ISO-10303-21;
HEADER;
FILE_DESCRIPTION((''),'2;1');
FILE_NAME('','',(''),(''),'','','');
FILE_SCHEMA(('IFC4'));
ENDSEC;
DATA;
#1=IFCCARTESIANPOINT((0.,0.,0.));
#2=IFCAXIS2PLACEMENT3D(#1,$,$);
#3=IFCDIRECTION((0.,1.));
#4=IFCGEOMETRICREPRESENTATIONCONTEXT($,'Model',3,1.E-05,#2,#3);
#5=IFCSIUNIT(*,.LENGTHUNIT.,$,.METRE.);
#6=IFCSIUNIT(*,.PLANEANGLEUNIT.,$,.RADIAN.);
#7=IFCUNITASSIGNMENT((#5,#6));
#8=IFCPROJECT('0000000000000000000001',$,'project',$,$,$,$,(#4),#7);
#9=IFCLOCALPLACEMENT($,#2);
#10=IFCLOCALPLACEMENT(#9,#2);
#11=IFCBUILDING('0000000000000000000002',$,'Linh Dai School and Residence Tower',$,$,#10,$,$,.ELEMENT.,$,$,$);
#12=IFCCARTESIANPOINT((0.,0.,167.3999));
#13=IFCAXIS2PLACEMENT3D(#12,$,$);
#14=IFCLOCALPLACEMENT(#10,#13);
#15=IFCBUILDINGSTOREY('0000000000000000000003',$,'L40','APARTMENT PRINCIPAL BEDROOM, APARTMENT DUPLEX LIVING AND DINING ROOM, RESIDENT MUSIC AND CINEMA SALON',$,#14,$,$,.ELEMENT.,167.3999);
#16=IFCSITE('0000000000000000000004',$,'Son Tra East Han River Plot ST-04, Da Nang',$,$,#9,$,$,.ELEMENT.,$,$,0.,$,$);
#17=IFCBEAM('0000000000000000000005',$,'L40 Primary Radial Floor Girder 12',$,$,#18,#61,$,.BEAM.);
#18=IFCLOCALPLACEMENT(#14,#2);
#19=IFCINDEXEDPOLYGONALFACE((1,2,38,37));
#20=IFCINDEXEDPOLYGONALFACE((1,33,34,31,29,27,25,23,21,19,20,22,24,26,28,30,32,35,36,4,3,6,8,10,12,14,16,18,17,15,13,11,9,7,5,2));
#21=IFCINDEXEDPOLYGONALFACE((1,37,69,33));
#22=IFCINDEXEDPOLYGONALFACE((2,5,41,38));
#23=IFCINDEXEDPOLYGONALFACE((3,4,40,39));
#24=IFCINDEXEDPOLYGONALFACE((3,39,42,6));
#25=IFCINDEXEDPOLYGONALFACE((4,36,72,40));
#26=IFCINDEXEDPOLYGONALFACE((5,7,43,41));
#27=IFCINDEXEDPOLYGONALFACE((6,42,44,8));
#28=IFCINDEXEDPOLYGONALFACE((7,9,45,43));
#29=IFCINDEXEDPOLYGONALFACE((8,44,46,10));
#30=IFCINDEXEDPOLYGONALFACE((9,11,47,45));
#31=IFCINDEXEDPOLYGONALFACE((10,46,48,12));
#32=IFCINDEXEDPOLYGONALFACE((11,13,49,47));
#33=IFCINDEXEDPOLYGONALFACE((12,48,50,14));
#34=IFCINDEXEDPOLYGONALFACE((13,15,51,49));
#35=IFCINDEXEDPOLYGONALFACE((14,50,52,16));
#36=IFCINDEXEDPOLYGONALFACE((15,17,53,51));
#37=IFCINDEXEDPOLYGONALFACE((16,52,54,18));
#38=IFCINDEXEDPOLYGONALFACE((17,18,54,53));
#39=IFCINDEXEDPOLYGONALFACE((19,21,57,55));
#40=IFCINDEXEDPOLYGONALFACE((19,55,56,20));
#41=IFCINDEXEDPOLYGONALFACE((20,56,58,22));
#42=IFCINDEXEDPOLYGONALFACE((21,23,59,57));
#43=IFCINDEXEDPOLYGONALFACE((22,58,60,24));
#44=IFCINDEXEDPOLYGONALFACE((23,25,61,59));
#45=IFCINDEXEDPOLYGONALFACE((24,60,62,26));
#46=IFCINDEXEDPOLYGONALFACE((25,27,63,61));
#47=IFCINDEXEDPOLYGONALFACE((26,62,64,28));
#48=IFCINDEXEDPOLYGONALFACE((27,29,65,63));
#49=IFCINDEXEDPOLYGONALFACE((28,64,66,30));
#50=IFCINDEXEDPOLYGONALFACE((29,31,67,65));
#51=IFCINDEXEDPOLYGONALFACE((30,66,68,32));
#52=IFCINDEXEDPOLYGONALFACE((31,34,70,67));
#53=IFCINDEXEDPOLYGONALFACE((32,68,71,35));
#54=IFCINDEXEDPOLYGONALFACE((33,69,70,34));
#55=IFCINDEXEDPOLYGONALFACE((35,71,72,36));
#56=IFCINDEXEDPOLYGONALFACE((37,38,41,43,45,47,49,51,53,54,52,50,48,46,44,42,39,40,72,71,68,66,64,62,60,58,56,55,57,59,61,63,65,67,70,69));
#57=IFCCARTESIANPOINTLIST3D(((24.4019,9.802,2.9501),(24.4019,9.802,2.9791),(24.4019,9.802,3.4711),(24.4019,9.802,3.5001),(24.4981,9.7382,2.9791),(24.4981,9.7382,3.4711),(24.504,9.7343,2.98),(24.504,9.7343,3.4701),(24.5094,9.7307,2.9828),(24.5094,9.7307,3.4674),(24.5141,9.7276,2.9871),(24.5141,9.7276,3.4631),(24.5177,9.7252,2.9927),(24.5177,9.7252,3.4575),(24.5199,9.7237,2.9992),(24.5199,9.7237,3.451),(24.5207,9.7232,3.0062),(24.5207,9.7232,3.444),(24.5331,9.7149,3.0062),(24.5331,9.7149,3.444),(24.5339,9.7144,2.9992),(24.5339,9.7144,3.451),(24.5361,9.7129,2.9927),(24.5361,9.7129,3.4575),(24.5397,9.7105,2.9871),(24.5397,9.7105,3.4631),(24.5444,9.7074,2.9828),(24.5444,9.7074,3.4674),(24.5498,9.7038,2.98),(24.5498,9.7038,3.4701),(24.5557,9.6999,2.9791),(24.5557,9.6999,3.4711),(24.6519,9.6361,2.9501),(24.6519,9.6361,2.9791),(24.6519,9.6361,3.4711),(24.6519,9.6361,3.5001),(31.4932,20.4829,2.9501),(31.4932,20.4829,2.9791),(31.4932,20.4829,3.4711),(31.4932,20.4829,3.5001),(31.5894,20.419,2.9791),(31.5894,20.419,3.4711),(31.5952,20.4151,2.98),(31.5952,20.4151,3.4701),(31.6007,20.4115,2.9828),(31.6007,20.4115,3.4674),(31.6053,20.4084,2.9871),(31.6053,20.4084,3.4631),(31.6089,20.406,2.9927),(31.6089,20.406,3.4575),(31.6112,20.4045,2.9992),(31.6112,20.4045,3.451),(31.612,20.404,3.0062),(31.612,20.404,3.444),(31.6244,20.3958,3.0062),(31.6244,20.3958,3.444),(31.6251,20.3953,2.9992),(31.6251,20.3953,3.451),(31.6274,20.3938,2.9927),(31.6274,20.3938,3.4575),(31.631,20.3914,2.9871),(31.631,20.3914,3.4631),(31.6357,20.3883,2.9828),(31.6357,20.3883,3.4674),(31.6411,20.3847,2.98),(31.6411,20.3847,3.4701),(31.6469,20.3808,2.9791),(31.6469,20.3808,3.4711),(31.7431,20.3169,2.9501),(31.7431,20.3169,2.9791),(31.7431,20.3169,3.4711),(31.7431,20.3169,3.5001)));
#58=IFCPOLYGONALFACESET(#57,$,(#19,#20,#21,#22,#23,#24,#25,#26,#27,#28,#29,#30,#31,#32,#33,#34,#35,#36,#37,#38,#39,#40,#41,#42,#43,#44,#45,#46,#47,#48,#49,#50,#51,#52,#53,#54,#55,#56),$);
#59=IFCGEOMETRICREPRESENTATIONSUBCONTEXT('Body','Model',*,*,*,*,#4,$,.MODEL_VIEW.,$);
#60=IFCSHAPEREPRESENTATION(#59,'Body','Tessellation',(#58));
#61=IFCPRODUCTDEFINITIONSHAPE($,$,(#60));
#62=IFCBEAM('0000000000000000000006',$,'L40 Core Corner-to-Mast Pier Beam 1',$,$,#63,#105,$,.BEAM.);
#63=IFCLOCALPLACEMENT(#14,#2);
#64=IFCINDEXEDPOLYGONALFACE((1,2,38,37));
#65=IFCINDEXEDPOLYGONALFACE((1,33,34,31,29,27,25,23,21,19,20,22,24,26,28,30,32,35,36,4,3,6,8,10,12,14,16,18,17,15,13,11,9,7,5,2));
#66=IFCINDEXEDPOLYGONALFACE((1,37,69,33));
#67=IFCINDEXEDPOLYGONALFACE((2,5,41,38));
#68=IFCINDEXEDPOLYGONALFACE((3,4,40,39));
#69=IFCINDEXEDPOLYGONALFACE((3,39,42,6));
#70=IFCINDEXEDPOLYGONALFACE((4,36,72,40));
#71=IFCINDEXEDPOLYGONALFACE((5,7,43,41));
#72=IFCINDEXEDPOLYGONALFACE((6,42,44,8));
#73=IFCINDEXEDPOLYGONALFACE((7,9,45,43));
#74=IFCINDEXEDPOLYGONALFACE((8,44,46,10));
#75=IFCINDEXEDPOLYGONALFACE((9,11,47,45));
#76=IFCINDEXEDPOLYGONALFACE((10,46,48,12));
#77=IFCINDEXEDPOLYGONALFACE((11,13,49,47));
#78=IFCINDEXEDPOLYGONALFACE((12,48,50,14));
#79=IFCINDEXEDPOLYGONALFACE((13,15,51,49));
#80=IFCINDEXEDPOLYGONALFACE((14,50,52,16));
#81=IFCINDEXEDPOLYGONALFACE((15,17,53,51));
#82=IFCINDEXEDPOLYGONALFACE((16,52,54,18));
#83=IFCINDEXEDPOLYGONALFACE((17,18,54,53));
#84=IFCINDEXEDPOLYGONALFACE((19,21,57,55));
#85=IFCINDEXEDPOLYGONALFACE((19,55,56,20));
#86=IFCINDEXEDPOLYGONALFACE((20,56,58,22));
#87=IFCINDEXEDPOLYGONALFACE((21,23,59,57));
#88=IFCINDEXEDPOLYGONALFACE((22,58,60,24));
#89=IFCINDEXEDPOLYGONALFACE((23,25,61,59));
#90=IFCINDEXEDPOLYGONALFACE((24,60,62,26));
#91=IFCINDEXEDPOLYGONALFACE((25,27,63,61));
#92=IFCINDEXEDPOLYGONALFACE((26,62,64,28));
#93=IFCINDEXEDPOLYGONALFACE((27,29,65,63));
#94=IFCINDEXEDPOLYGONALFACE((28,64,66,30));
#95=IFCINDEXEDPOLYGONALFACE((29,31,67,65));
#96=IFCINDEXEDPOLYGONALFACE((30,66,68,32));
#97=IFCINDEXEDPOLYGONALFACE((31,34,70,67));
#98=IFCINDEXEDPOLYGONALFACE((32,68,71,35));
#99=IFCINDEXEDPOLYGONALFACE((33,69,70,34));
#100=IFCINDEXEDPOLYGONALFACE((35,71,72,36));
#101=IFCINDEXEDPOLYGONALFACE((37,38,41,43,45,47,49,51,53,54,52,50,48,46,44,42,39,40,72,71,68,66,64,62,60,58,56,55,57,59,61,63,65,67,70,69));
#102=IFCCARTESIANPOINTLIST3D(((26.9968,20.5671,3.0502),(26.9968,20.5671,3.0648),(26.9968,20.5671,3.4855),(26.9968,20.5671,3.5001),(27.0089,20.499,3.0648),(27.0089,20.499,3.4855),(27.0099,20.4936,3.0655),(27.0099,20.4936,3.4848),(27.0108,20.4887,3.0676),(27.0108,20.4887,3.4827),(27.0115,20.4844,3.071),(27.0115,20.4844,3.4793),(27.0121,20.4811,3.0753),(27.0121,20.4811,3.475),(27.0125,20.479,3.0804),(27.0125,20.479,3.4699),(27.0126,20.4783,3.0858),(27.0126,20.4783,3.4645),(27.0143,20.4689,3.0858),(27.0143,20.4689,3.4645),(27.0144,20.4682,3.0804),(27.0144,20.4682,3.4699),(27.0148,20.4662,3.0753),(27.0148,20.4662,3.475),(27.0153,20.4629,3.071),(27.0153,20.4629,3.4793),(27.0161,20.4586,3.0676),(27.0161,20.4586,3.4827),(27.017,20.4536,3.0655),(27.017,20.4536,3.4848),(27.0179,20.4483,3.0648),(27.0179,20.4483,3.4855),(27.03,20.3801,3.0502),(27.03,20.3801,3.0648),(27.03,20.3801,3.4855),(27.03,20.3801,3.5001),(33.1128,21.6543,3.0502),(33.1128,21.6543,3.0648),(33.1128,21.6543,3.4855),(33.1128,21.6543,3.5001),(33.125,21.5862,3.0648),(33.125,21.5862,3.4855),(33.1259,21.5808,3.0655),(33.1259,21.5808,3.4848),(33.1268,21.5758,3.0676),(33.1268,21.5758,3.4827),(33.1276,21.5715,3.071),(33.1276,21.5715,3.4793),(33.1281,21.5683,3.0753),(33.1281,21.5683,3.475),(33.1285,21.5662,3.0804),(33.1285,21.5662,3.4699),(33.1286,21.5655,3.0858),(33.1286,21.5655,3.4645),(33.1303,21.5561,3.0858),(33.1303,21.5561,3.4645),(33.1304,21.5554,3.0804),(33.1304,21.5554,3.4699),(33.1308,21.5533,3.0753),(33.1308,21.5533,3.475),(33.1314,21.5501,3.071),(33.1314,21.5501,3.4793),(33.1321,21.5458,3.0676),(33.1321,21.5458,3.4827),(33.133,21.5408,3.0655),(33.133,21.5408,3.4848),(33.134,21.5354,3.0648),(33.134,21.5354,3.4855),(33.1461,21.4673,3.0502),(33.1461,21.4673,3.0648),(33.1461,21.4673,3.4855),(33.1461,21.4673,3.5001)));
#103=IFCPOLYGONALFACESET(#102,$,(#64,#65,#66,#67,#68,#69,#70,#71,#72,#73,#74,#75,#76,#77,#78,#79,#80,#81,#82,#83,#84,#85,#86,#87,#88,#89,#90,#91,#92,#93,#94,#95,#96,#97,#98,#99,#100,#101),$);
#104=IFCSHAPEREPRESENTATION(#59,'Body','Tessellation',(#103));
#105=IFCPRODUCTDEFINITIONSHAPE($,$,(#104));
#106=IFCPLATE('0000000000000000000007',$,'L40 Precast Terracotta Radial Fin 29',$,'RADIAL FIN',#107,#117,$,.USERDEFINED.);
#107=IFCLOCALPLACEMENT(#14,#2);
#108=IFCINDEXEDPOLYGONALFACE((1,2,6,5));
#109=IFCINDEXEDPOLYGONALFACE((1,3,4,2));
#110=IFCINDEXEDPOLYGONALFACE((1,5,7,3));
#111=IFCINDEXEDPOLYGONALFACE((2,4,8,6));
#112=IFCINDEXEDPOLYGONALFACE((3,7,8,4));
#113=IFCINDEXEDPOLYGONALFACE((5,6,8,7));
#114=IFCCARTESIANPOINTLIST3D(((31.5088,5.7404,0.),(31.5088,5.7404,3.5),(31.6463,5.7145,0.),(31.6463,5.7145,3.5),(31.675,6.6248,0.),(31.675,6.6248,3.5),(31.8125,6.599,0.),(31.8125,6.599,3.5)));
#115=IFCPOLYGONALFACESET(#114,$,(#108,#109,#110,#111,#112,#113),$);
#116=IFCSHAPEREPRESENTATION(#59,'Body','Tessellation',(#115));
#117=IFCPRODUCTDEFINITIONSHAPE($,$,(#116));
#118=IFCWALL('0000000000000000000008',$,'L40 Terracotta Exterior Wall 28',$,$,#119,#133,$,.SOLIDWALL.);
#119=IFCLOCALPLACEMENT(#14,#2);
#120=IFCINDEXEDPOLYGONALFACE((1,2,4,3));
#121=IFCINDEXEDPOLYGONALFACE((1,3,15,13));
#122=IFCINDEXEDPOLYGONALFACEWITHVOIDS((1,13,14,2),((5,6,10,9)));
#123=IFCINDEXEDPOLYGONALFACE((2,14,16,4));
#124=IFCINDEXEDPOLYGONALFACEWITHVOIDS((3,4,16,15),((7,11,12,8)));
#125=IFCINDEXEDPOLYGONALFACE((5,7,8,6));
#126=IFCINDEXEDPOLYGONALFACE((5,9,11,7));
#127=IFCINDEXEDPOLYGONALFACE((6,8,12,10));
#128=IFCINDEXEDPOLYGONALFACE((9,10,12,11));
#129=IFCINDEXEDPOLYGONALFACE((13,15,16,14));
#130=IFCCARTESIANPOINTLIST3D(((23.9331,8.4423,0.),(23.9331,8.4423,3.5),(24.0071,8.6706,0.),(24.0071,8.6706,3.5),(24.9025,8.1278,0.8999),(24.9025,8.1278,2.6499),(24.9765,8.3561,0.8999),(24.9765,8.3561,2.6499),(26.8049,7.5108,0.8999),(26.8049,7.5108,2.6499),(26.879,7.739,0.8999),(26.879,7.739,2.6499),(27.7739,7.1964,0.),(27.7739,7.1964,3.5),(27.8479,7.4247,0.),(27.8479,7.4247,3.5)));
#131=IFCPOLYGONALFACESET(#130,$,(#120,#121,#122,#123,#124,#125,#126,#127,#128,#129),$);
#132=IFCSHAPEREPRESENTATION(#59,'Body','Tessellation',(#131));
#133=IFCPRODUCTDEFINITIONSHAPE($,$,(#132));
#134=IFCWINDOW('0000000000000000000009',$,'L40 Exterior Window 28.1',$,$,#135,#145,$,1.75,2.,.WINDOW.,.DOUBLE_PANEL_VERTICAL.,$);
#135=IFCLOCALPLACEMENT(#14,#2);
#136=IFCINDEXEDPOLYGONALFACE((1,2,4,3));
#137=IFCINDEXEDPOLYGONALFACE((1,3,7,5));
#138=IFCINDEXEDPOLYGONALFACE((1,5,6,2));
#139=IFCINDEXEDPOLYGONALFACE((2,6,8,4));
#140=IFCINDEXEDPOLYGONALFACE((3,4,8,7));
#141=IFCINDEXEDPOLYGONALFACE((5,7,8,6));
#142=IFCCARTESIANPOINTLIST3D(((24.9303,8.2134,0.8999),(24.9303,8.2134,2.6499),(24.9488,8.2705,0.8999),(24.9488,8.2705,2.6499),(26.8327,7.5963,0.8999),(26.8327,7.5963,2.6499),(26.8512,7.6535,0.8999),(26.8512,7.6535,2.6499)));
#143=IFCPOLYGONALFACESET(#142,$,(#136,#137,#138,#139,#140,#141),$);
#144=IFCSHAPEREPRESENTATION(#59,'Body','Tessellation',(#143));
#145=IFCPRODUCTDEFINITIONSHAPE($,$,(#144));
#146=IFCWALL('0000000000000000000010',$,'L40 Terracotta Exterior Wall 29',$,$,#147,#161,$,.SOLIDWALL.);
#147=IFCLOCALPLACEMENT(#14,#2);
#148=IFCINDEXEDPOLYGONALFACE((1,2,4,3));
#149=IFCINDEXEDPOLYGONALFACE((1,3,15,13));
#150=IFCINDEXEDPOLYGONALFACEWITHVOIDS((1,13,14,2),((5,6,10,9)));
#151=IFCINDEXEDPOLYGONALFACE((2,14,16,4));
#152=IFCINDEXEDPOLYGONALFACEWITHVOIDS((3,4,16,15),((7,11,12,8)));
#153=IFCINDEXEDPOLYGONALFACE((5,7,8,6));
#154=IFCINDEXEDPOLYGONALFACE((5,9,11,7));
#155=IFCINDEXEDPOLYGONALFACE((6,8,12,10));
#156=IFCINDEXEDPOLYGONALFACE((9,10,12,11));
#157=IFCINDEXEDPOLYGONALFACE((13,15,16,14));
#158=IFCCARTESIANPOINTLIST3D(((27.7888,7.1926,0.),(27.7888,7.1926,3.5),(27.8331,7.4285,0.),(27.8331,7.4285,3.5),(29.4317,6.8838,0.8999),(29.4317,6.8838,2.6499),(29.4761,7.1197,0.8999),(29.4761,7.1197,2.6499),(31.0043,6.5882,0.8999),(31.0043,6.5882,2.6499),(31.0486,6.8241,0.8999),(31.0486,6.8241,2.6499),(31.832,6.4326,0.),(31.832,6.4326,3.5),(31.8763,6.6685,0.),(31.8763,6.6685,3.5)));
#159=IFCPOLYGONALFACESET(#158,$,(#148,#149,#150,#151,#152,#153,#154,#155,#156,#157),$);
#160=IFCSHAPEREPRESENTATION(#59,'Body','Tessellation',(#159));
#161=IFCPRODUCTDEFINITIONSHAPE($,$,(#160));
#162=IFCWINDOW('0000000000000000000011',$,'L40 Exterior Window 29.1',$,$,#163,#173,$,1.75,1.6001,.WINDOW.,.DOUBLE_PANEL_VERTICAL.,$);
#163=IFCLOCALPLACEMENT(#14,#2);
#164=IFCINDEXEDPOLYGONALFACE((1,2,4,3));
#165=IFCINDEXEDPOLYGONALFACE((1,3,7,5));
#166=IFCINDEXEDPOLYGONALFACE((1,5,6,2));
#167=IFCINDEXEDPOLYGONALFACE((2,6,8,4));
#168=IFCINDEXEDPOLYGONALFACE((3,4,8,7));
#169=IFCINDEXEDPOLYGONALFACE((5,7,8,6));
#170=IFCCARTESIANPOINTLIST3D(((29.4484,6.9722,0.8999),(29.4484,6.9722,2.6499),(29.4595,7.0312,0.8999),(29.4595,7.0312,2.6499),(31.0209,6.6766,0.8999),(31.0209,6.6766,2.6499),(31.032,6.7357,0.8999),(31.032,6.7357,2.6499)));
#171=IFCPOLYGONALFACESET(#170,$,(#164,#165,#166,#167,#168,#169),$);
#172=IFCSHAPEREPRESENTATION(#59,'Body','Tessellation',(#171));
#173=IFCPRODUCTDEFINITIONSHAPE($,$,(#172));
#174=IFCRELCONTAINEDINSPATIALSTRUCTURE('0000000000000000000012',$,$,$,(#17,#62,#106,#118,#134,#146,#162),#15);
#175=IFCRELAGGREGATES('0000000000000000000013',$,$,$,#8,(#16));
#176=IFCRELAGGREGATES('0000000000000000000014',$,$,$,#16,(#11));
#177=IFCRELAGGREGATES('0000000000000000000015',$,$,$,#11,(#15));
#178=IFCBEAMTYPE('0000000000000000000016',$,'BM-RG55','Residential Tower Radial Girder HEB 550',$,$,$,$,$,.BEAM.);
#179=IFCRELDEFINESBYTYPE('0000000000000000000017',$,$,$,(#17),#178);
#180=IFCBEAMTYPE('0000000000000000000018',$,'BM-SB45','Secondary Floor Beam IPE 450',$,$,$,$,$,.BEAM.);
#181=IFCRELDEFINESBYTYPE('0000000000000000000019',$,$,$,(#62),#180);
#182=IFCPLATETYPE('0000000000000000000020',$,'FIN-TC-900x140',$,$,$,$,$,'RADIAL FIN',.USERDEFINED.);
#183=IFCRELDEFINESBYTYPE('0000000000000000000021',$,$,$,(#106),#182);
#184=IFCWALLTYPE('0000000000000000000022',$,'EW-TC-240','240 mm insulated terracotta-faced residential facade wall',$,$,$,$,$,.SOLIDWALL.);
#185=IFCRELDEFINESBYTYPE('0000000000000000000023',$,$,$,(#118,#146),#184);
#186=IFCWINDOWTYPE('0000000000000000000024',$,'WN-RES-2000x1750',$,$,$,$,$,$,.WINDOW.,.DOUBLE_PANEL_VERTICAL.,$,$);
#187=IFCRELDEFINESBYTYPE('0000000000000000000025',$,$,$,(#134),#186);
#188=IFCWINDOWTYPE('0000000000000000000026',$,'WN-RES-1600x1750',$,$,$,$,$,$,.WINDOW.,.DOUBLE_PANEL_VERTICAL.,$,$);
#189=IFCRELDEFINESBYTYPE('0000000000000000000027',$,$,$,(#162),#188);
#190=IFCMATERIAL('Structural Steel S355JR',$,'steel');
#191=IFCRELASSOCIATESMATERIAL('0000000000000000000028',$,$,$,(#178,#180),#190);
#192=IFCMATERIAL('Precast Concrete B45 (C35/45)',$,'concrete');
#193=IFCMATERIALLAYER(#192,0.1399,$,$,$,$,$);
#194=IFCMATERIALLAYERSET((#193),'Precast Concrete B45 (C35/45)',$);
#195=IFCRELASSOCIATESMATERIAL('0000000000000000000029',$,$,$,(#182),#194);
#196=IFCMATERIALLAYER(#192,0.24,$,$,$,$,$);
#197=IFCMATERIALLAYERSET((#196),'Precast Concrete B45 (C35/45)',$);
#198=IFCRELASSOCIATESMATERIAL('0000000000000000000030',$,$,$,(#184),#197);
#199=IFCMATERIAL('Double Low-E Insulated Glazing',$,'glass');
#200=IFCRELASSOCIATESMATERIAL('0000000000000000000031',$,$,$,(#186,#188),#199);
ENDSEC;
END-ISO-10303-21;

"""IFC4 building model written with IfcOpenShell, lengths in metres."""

from ifc_helpers import new_model, si_unit, direction, frame, frame_2d, origin, origin_2d, place, context, subcontext, project, spatial, rectangle, i_section, extrude, source, transform, mapped, material, layer, layer_set, material_profile, profile_set, type_object, element, fill, save


model = new_model("IFC4")

# Units and contexts
model_context = context("Model", 3, precision=1e-05, world=origin(), true_north=direction((0.0, 1.0)))
body_context = subcontext(model_context, "Body", "Model", "MODEL_VIEW")
ifc_project = project(units=[si_unit("LENGTHUNIT", "METRE"), si_unit("PLANEANGLEUNIT", "RADIAN")], contexts=[model_context])

# Site, building, storey
site_placement = place(None, origin())
site = spatial("IfcSite", under=ifc_project, at=site_placement, Name="Son Tra East Han River Plot ST-04, Da Nang", CompositionType="ELEMENT", RefElevation=0.0)
building_placement = place(site_placement, origin())
building = spatial("IfcBuilding", under=site, at=building_placement, Name="Linh Dai School and Residence Tower", CompositionType="ELEMENT")
storey_placement = place(building_placement, frame((0.0, 0.0, 167.3999)))
storey = spatial("IfcBuildingStorey", under=building, at=storey_placement, Name="L40", Description="APARTMENT PRINCIPAL BEDROOM, APARTMENT DUPLEX LIVING AND DINING ROOM, RESIDENT MUSIC AND CINEMA SALON", CompositionType="ELEMENT", Elevation=167.3999)

# Beams
ifc_material_1 = material(Name="Structural Steel S355JR", Category="steel")
ifc_material_profile_1 = material_profile(ifc_material_1, i_section(OverallWidth=0.3, OverallDepth=0.55, WebThickness=0.0149, FlangeThickness=0.0291, FilletRadius=0.0271, at=origin_2d()), Name="HEB 550")
ifc_profile_set_1 = profile_set([ifc_material_profile_1], Name="Structural Steel S355JR")
beam_type_1 = type_object("IfcBeamType", Name="BM-RG55", Description="Residential Tower Radial Girder HEB 550", PredefinedType="BEAM", material=ifc_profile_set_1)
beam_1_placement = place(storey_placement, frame((31.6182, 20.3999, 3.2251), z_axis=(-0.553117, -0.833103, 0.0), x_axis=(0.833103, -0.553117, 0.0)))
element("IfcBeam", 1, at=beam_1_placement, inside=storey, type_object=beam_type_1, Name="L40 Primary Radial Floor Girder 12", PredefinedType="BEAM", context=body_context, shape_type="SweptSolid", body=[
    extrude(i_section(OverallWidth=0.3, OverallDepth=0.55, WebThickness=0.0149, FlangeThickness=0.0291, FilletRadius=0.0271, at=origin_2d()), origin(), (0.0, 0.0, 1.0), 12.8206),
])
ifc_material_profile_2 = material_profile(ifc_material_1, i_section(OverallWidth=0.1899, OverallDepth=0.45, WebThickness=0.0095, FlangeThickness=0.0146, FilletRadius=0.021, at=origin_2d()), Name="IPE 450")
ifc_profile_set_2 = profile_set([ifc_material_profile_2], Name="Structural Steel S355JR")
beam_type_2 = type_object("IfcBeamType", Name="BM-SB45", Description="Secondary Floor Beam IPE 450", PredefinedType="BEAM", material=ifc_profile_set_2)
beam_2_placement = place(storey_placement, frame((27.0134, 20.4736, 3.2751), z_axis=(0.984566, 0.175014, 0.0), x_axis=(-0.175014, 0.984566, 0.0)))
element("IfcBeam", 2, at=beam_2_placement, inside=storey, type_object=beam_type_2, Name="L40 Core Corner-to-Mast Pier Beam 1", PredefinedType="BEAM", context=body_context, shape_type="SweptSolid", body=[
    extrude(i_section(OverallWidth=0.1899, OverallDepth=0.45, WebThickness=0.0095, FlangeThickness=0.0146, FilletRadius=0.021, at=origin_2d()), origin(), (0.0, 0.0, 1.0), 6.2119),
])

# Plate
ifc_material_2 = material(Name="Precast Concrete B45 (C35/45)", Category="concrete")
ifc_layer_1 = layer(ifc_material_2, 0.1399)
ifc_layer_set_1 = layer_set([ifc_layer_1], Name="Precast Concrete B45 (C35/45)")
plate_type = type_object("IfcPlateType", Name="FIN-TC-900x140", ElementType="RADIAL FIN", PredefinedType="USERDEFINED", material=ifc_layer_set_1)
shared_shape_1 = source(origin(), body_context, "Body", "SweptSolid", [
    extrude(rectangle(XDim=0.8999, YDim=0.1399, at=origin_2d()), origin(), (0.0, 0.0, 1.0), 3.5),
])
plate_placement = place(storey_placement, frame((31.6606, 6.1697, 0.0), z_axis=(0.0, 0.0, 1.0), x_axis=(-0.184763, -0.982783, 0.0)))
element("IfcPlate", 3, at=plate_placement, inside=storey, type_object=plate_type, Name="L40 Precast Terracotta Radial Fin 29", ObjectType="RADIAL FIN", PredefinedType="USERDEFINED", context=body_context, shape_type="MappedRepresentation", body=[
    mapped(shared_shape_1, transform((0.0, 0.0, 0.0), x_axis=(1.0, 0.0, 0.0), y_axis=(0.0, 1.0, 0.0), z_axis=(0.0, 0.0, 1.0), scale=1.0)),
])

# Walls, openings, windows
ifc_layer_2 = layer(ifc_material_2, 0.24)
ifc_layer_set_2 = layer_set([ifc_layer_2], Name="Precast Concrete B45 (C35/45)")
wall_type_1 = type_object("IfcWallType", Name="EW-TC-240", Description="240 mm insulated terracotta-faced residential facade wall", PredefinedType="SOLIDWALL", material=ifc_layer_set_2)
wall_1_placement = place(storey_placement, frame((27.811, 7.3105, 0.0), z_axis=(0.0, 0.0, 1.0), x_axis=(-0.95121, 0.308545, 0.0)))
wall_1 = element("IfcWall", 4, at=wall_1_placement, inside=storey, type_object=wall_type_1, Name="L40 Terracotta Exterior Wall 28", PredefinedType="SOLIDWALL", context=body_context, shape_type="SweptSolid", body=[
    extrude(rectangle(XDim=4.0378, YDim=0.24, at=frame_2d((2.019, 0.0))), origin(), (0.0, 0.0, 1.0), 3.5),
])
opening_1_placement = place(wall_1_placement, frame((1.0188, 0.0, 0.8999)))
opening_1 = element("IfcOpeningElement", 5, at=opening_1_placement, cuts=wall_1, PredefinedType="OPENING", context=body_context, shape_type="SweptSolid", body=[
    extrude(rectangle(XDim=2.0, YDim=1.75, at=origin_2d()), frame((1.0, 0.1299, 0.875), z_axis=(0.0, -1.0, 0.0), x_axis=(1.0, 0.0, 0.0)), (0.0, 0.0, 1.0), 0.26),
])
ifc_material_3 = material(Name="Double Low-E Insulated Glazing", Category="glass")
window_type_1 = type_object("IfcWindowType", Name="WN-RES-2000x1750", PartitioningType="DOUBLE_PANEL_VERTICAL", PredefinedType="WINDOW", material=ifc_material_3)
shared_shape_2 = source(origin(), body_context, "Body", "SweptSolid", [
    extrude(rectangle(XDim=2.0, YDim=1.75, at=origin_2d()), frame((1.0, 0.03, 0.875), z_axis=(0.0, -1.0, 0.0), x_axis=(1.0, 0.0, 0.0)), (0.0, 0.0, 1.0), 0.0601),
])
window_1_placement = place(opening_1_placement, origin())
window_1 = element("IfcWindow", 6, at=window_1_placement, inside=storey, type_object=window_type_1, Name="L40 Exterior Window 28.1", OverallHeight=1.75, OverallWidth=2.0, PartitioningType="DOUBLE_PANEL_VERTICAL", PredefinedType="WINDOW", context=body_context, shape_type="MappedRepresentation", body=[
    mapped(shared_shape_2, transform((0.0, 0.0, 0.0), x_axis=(1.0, 0.0, 0.0), y_axis=(0.0, 1.0, 0.0), z_axis=(0.0, 0.0, 1.0), scale=1.0)),
])
fill(opening_1, window_1)
wall_2_placement = place(storey_placement, frame((31.8542, 6.5505, 0.0), z_axis=(0.0, 0.0, 1.0), x_axis=(-0.982788, 0.184736, 0.0)))
wall_2 = element("IfcWall", 7, at=wall_2_placement, inside=storey, type_object=wall_type_1, Name="L40 Terracotta Exterior Wall 29", PredefinedType="SOLIDWALL", context=body_context, shape_type="SweptSolid", body=[
    extrude(rectangle(XDim=4.114, YDim=0.24, at=frame_2d((2.0571, 0.0))), origin(), (0.0, 0.0, 1.0), 3.5),
])
opening_2_placement = place(wall_2_placement, frame((0.8423, 0.0, 0.8999)))
opening_2 = element("IfcOpeningElement", 8, at=opening_2_placement, cuts=wall_2, PredefinedType="OPENING", context=body_context, shape_type="SweptSolid", body=[
    extrude(rectangle(XDim=1.6001, YDim=1.75, at=origin_2d()), frame((0.8, 0.1299, 0.875), z_axis=(0.0, -1.0, 0.0), x_axis=(1.0, 0.0, 0.0)), (0.0, 0.0, 1.0), 0.26),
])
window_type_2 = type_object("IfcWindowType", Name="WN-RES-1600x1750", PartitioningType="DOUBLE_PANEL_VERTICAL", PredefinedType="WINDOW", material=ifc_material_3)
shared_shape_3 = source(origin(), body_context, "Body", "SweptSolid", [
    extrude(rectangle(XDim=1.6001, YDim=1.75, at=origin_2d()), frame((0.8, 0.03, 0.875), z_axis=(0.0, -1.0, 0.0), x_axis=(1.0, 0.0, 0.0)), (0.0, 0.0, 1.0), 0.0601),
])
window_2_placement = place(opening_2_placement, origin())
window_2 = element("IfcWindow", 9, at=window_2_placement, inside=storey, type_object=window_type_2, Name="L40 Exterior Window 29.1", OverallHeight=1.75, OverallWidth=1.6001, PartitioningType="DOUBLE_PANEL_VERTICAL", PredefinedType="WINDOW", context=body_context, shape_type="MappedRepresentation", body=[
    mapped(shared_shape_3, transform((0.0, 0.0, 0.0), x_axis=(1.0, 0.0, 0.0), y_axis=(0.0, 1.0, 0.0), z_axis=(0.0, 0.0, 1.0), scale=1.0)),
])
fill(opening_2, window_2)

save(model, "model.ifc")
